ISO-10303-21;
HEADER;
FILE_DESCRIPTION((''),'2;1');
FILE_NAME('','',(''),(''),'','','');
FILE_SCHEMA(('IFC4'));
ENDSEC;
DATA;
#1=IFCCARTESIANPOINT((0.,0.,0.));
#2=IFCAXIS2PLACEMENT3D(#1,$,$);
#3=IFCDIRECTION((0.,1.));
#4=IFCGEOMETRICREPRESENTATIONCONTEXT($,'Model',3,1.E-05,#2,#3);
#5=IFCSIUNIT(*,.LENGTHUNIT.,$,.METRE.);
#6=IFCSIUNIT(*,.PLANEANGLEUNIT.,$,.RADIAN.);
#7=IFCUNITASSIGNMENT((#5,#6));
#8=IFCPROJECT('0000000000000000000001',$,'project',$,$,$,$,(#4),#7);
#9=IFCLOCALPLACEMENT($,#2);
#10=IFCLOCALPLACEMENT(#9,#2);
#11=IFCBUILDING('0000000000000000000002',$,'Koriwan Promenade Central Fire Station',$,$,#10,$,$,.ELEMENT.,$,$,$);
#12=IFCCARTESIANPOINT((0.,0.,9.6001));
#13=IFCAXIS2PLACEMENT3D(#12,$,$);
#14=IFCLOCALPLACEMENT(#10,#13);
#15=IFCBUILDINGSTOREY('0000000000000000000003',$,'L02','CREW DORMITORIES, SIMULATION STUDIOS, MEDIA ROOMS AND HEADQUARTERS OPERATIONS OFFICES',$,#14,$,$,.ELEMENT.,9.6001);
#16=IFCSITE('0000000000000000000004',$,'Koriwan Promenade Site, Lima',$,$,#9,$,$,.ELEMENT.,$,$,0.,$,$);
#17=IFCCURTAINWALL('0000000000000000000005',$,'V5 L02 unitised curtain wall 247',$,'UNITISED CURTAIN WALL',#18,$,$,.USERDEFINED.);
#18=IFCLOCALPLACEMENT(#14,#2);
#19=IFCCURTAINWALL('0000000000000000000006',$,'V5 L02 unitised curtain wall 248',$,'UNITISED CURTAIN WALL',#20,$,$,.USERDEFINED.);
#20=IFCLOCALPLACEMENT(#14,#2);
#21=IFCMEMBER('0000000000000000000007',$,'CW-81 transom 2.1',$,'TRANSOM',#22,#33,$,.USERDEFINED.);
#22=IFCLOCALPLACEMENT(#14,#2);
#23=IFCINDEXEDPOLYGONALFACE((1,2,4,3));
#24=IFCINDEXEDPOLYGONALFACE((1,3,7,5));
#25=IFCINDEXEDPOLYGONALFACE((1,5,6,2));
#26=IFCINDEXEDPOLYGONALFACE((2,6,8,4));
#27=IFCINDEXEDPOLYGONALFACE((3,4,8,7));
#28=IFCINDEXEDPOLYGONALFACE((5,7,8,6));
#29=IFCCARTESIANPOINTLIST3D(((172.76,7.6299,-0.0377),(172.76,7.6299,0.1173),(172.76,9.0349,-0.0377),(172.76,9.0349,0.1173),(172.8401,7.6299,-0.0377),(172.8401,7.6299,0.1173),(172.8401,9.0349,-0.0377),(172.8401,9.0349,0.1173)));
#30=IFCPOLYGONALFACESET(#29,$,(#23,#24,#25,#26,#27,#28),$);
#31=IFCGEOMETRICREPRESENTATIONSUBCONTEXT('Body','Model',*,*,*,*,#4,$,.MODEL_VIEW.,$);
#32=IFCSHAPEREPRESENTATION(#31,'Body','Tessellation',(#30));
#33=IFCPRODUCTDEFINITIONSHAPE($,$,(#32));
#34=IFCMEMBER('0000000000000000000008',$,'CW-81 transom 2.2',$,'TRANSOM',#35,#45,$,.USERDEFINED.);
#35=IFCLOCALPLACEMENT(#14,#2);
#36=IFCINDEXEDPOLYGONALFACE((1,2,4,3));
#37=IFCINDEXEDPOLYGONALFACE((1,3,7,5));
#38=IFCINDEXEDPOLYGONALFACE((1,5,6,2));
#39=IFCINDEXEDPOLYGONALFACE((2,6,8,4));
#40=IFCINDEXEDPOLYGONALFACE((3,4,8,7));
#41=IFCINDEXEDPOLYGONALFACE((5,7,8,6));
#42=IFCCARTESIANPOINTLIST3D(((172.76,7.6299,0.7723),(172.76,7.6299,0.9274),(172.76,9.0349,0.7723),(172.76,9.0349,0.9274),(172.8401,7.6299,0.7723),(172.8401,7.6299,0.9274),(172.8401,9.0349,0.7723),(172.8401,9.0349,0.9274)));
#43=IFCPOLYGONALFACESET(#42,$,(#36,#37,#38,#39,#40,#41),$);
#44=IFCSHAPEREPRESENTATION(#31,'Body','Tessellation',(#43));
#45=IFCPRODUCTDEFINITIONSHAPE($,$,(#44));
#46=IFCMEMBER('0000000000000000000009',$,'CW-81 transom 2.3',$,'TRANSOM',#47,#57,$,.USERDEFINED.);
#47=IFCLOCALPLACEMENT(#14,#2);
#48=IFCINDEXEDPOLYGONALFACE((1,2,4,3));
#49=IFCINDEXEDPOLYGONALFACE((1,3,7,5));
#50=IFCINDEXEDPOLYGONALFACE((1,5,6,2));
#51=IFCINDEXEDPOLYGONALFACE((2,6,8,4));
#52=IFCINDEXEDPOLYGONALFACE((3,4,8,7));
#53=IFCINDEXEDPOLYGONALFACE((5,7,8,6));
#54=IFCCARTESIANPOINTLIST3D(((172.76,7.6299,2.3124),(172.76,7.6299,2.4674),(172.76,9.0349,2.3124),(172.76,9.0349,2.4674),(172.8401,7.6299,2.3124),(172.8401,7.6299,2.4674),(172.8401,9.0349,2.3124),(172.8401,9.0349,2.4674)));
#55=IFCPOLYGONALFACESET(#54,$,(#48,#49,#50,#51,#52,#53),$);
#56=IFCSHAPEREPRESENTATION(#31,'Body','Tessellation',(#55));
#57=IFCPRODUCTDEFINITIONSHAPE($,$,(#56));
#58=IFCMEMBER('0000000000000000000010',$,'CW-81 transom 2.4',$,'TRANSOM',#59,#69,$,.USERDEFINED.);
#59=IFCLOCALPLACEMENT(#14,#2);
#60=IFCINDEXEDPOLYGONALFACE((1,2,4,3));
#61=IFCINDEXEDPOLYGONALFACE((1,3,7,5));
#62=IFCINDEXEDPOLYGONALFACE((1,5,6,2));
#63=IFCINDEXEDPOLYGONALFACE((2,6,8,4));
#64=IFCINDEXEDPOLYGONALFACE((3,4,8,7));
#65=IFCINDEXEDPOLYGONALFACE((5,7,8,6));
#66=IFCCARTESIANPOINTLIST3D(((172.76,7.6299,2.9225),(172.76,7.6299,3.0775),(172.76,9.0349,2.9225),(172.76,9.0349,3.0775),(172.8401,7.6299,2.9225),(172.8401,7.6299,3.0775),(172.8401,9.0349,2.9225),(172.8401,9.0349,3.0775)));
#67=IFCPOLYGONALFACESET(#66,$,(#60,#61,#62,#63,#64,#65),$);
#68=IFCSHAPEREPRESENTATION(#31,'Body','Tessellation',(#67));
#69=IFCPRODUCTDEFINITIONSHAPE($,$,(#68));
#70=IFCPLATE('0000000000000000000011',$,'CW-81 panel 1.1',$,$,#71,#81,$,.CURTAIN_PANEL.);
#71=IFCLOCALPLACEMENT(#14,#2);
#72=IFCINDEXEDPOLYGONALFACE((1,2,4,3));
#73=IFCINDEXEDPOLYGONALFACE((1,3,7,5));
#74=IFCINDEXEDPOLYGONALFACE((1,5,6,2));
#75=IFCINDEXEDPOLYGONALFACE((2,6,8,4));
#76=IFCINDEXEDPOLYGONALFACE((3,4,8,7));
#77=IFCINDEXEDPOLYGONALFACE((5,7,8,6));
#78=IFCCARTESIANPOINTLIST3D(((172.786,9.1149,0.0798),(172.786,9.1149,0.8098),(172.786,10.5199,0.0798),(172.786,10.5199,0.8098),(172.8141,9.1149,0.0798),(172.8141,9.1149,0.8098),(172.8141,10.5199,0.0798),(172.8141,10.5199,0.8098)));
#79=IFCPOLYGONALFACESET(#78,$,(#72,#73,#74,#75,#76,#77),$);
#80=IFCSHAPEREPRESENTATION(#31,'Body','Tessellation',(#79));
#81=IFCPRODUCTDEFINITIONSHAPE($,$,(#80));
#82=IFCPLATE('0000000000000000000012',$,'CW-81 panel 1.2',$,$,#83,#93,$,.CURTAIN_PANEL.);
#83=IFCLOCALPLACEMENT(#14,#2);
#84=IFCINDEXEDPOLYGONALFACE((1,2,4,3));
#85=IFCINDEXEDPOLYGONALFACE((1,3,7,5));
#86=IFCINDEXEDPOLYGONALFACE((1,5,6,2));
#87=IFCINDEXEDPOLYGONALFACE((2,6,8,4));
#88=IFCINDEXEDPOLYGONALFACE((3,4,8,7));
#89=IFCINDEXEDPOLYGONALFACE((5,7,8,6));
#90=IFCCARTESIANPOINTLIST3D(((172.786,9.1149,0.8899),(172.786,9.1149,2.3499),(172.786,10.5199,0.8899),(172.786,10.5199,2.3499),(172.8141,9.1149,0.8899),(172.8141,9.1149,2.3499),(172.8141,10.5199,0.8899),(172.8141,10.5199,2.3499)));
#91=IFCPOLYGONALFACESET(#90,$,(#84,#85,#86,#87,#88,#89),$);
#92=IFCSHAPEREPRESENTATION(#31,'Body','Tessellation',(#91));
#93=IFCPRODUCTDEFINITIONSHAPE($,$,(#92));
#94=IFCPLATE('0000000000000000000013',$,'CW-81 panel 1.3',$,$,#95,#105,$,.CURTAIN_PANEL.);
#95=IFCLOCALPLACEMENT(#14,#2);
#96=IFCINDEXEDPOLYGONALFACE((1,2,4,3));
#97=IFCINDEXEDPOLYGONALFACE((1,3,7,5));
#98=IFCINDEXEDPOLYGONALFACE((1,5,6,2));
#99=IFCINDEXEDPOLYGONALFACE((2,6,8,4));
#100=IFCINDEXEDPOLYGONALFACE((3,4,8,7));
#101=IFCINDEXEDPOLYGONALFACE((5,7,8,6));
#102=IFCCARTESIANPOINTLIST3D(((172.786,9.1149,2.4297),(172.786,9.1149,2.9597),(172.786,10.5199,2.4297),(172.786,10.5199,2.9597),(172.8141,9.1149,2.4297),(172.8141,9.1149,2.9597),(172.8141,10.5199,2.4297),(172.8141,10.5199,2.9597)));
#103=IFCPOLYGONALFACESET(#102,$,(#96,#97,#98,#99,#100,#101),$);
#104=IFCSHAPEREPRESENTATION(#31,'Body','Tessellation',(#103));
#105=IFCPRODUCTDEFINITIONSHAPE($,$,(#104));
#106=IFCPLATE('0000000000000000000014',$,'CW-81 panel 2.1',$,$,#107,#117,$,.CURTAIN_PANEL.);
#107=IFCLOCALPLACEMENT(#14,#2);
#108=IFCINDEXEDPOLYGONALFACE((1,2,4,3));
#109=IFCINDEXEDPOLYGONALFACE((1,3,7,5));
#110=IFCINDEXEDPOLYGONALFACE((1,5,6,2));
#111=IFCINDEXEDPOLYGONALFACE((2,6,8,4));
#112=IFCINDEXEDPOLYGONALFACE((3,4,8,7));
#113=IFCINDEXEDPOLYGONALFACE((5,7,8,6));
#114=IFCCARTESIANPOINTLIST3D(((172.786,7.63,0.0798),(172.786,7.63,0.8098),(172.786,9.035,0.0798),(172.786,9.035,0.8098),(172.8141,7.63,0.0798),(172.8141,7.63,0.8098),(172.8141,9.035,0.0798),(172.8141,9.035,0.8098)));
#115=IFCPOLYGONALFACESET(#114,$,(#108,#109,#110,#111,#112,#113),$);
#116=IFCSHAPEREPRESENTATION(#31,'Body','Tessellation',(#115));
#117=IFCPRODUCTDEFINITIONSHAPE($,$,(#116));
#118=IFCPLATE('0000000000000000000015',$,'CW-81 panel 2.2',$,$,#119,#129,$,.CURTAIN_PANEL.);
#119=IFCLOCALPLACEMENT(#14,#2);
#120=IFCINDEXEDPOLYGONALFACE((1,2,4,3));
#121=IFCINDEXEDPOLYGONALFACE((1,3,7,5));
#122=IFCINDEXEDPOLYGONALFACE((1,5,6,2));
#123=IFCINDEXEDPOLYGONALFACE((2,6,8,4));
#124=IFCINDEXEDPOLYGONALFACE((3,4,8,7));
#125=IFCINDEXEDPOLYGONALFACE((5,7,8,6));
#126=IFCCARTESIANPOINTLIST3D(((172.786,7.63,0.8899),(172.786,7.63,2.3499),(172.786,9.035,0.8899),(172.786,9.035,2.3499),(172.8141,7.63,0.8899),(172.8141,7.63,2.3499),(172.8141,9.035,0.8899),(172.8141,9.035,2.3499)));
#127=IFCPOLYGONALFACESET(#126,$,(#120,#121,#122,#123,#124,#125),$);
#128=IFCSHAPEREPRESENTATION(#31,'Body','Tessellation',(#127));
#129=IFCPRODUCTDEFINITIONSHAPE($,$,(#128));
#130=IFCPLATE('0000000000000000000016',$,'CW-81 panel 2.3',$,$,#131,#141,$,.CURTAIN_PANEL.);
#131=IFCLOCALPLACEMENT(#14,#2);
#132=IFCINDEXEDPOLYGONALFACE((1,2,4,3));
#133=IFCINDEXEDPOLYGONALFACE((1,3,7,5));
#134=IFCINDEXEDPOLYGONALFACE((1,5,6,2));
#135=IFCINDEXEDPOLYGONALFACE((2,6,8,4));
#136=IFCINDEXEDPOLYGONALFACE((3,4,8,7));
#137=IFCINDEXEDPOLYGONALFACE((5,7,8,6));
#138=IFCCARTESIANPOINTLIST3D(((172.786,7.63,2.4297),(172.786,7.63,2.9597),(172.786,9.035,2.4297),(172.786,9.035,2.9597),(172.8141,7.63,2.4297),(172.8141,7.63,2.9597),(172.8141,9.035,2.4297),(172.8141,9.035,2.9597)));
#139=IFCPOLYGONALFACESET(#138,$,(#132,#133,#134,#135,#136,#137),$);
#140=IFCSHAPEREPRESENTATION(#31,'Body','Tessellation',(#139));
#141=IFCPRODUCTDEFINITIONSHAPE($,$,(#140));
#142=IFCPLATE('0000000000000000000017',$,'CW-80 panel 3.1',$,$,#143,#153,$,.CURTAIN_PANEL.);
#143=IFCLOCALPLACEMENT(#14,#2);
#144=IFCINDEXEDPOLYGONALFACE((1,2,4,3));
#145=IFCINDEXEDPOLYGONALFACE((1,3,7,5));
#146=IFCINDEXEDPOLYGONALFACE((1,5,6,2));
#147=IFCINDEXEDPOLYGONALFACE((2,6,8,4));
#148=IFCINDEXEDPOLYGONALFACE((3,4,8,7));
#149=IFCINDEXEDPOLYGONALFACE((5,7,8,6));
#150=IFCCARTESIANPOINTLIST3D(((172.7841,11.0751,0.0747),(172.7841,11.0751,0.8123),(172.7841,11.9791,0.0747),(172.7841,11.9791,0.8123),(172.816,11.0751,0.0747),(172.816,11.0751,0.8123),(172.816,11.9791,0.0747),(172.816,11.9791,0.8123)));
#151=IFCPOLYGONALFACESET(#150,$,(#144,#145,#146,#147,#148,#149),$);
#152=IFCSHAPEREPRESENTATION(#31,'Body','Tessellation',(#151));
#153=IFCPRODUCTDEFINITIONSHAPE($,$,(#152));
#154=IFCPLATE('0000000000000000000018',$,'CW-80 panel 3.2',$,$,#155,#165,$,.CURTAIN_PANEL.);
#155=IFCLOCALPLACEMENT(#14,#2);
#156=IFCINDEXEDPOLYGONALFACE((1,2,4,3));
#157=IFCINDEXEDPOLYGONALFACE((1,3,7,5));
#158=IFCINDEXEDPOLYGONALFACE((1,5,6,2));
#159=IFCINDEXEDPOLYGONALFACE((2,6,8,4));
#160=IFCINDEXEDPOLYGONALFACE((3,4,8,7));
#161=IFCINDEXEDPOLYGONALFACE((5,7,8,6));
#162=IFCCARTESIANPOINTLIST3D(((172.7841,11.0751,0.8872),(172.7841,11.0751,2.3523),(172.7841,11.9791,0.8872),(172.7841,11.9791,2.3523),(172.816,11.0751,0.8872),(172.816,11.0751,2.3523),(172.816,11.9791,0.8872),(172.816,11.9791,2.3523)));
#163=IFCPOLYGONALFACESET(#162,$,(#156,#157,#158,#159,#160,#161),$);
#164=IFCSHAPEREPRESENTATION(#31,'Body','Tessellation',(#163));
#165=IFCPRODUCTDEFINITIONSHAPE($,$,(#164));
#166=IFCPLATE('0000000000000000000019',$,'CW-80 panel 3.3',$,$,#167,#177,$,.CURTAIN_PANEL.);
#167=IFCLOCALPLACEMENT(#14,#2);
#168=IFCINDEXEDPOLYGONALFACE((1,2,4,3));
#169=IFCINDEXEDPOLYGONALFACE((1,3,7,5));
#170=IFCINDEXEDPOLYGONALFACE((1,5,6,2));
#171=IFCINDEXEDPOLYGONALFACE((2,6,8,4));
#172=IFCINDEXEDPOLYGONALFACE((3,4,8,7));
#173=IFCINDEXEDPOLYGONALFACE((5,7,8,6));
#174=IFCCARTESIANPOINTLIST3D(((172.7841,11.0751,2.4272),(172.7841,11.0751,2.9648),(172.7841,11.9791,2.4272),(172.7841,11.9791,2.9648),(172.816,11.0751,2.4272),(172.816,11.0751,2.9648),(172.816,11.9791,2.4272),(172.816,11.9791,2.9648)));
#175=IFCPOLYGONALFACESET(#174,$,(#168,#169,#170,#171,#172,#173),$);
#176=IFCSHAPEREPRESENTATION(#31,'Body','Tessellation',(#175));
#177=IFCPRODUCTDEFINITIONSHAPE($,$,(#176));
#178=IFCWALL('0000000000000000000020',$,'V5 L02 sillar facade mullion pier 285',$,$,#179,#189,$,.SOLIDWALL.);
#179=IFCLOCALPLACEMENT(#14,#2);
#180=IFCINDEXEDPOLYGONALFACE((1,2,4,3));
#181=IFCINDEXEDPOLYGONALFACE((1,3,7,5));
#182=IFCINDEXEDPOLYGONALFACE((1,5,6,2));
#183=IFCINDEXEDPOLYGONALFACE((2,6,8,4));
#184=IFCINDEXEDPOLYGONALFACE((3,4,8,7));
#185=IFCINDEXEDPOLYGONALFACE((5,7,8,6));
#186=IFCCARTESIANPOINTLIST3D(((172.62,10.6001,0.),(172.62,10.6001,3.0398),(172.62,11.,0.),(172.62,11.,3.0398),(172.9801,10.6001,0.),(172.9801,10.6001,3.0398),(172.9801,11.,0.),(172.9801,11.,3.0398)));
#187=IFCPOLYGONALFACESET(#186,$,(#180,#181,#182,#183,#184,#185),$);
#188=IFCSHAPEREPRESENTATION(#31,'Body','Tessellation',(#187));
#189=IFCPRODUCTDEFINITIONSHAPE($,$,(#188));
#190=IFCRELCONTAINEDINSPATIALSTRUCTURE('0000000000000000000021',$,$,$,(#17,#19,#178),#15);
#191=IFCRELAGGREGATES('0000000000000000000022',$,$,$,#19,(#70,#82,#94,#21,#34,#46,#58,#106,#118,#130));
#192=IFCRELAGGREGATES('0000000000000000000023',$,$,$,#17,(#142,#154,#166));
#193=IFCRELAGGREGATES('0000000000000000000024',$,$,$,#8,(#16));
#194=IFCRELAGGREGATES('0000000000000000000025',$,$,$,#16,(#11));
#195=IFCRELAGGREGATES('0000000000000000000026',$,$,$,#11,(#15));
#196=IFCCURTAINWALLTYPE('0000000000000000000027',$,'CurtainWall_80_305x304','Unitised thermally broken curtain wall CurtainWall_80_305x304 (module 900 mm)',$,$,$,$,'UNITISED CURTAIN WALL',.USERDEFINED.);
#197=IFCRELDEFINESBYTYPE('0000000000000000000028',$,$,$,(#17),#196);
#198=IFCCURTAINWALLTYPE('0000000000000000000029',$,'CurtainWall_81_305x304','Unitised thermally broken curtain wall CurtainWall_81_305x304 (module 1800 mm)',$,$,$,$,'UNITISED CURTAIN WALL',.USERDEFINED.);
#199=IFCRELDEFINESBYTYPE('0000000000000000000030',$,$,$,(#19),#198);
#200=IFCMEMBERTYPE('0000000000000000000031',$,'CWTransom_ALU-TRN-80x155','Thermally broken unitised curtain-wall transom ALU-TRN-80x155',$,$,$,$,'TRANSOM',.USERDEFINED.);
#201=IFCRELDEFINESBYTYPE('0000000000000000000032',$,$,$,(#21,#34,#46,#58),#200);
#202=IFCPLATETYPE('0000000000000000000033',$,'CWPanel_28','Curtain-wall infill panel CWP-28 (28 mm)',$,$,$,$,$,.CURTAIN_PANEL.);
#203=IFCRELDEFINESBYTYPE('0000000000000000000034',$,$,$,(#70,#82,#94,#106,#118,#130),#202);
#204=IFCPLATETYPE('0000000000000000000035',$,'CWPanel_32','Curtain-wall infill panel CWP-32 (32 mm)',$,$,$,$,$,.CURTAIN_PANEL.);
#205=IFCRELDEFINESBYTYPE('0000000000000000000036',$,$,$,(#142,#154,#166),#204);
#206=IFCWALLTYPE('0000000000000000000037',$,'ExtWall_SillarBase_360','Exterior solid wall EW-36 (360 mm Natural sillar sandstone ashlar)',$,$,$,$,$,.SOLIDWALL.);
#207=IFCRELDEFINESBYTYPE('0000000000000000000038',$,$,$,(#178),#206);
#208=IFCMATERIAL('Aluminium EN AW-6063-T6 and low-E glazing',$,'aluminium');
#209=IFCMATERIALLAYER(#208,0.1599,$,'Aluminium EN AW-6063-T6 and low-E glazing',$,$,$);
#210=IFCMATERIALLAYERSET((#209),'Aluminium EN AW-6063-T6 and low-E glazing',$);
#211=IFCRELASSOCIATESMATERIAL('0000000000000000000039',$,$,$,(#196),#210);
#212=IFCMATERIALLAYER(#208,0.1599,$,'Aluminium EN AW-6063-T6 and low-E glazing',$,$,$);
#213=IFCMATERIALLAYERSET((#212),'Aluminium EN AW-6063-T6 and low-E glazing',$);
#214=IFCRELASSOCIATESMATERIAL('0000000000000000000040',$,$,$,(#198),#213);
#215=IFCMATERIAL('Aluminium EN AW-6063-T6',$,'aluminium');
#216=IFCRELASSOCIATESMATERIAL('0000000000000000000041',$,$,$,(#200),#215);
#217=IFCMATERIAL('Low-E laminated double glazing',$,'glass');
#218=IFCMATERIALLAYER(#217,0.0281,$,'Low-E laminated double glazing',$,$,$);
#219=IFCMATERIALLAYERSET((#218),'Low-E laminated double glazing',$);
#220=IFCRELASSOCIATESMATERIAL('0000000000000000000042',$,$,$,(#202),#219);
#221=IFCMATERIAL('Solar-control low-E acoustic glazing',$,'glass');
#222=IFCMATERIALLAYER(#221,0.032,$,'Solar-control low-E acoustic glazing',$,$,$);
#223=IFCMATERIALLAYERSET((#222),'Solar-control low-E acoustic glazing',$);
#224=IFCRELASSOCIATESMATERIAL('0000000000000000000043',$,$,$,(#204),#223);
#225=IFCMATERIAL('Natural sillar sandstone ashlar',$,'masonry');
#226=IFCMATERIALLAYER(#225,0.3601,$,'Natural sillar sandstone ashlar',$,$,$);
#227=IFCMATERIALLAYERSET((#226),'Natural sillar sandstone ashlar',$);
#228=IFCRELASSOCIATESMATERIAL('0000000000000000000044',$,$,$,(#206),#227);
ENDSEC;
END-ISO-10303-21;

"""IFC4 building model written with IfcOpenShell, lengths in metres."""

from ifc_helpers import new_model, si_unit, direction, frame, frame_2d, origin, origin_2d, place, context, subcontext, project, spatial, rectangle, extrude, material, layer, layer_set, material_profile, profile_set, type_object, element, aggregate, save


model = new_model("IFC4")

# Units and contexts
model_context = context("Model", 3, precision=1e-05, world=origin(), true_north=direction((0.0, 1.0)))
body_context = subcontext(model_context, "Body", "Model", "MODEL_VIEW")
ifc_project = project(units=[si_unit("LENGTHUNIT", "METRE"), si_unit("PLANEANGLEUNIT", "RADIAN")], contexts=[model_context])

# Site, building, storey
site_placement = place(None, origin())
site = spatial("IfcSite", under=ifc_project, at=site_placement, Name="Koriwan Promenade Site, Lima", CompositionType="ELEMENT", RefElevation=0.0)
building_placement = place(site_placement, origin())
building = spatial("IfcBuilding", under=site, at=building_placement, Name="Koriwan Promenade Central Fire Station", CompositionType="ELEMENT")
storey_placement = place(building_placement, frame((0.0, 0.0, 9.6001)))
storey = spatial("IfcBuildingStorey", under=building, at=storey_placement, Name="L02", Description="CREW DORMITORIES, SIMULATION STUDIOS, MEDIA ROOMS AND HEADQUARTERS OPERATIONS OFFICES", CompositionType="ELEMENT", Elevation=9.6001)

# Curtain wall
ifc_material_1 = material(Name="Aluminium EN AW-6063-T6 and low-E glazing", Category="aluminium")
ifc_layer_1 = layer(ifc_material_1, 0.1599, Name="Aluminium EN AW-6063-T6 and low-E glazing")
ifc_layer_set_1 = layer_set([ifc_layer_1], Name="Aluminium EN AW-6063-T6 and low-E glazing")
curtain_wall_type_1 = type_object("IfcCurtainWallType", Name="CurtainWall_80_305x304", Description="Unitised thermally broken curtain wall CurtainWall_80_305x304 (module 900 mm)", ElementType="UNITISED CURTAIN WALL", PredefinedType="USERDEFINED", material=ifc_layer_set_1)
curtain_wall_1_placement = place(storey_placement, origin())
curtain_wall_1 = element("IfcCurtainWall", 1, at=curtain_wall_1_placement, inside=storey, type_object=curtain_wall_type_1, Name="V5 L02 unitised curtain wall 247", ObjectType="UNITISED CURTAIN WALL", PredefinedType="USERDEFINED")
ifc_material_2 = material(Name="Aluminium EN AW-6063-T6", Category="aluminium")

# Curtain wall
ifc_layer_2 = layer(ifc_material_1, 0.1599, Name="Aluminium EN AW-6063-T6 and low-E glazing")
ifc_layer_set_2 = layer_set([ifc_layer_2], Name="Aluminium EN AW-6063-T6 and low-E glazing")
curtain_wall_type_2 = type_object("IfcCurtainWallType", Name="CurtainWall_81_305x304", Description="Unitised thermally broken curtain wall CurtainWall_81_305x304 (module 1800 mm)", ElementType="UNITISED CURTAIN WALL", PredefinedType="USERDEFINED", material=ifc_layer_set_2)
curtain_wall_2_placement = place(storey_placement, origin())
curtain_wall_2 = element("IfcCurtainWall", 2, at=curtain_wall_2_placement, inside=storey, type_object=curtain_wall_type_2, Name="V5 L02 unitised curtain wall 248", ObjectType="UNITISED CURTAIN WALL", PredefinedType="USERDEFINED")

# Members
ifc_material_profile_1 = material_profile(ifc_material_2, rectangle(XDim=0.0801, YDim=0.155, at=origin_2d()), Name="ALU-TRN-80x155")
ifc_profile_set_1 = profile_set([ifc_material_profile_1], Name="Aluminium EN AW-6063-T6")
member_type_1 = type_object("IfcMemberType", Name="CWTransom_ALU-TRN-80x155", Description="Thermally broken unitised curtain-wall transom ALU-TRN-80x155", ElementType="TRANSOM", PredefinedType="USERDEFINED", material=ifc_profile_set_1)
member_1_placement = place(storey_placement, frame((172.8, 9.0349, 0.0398), z_axis=(0.0, -1.0, 0.0), x_axis=(1.0, 0.0, 0.0)))
member_1 = element("IfcMember", 3, at=member_1_placement, type_object=member_type_1, Name="CW-81 transom 2.1", ObjectType="TRANSOM", PredefinedType="USERDEFINED", context=body_context, shape_type="SweptSolid", body=[
    extrude(rectangle(XDim=0.0801, YDim=0.155, at=origin_2d()), origin(), (0.0, 0.0, 1.0), 1.405),
])
member_2_placement = place(storey_placement, frame((172.8, 9.0349, 0.8499), z_axis=(0.0, -1.0, 0.0), x_axis=(1.0, 0.0, 0.0)))
member_2 = element("IfcMember", 4, at=member_2_placement, type_object=member_type_1, Name="CW-81 transom 2.2", ObjectType="TRANSOM", PredefinedType="USERDEFINED", context=body_context, shape_type="SweptSolid", body=[
    extrude(rectangle(XDim=0.0801, YDim=0.155, at=origin_2d()), origin(), (0.0, 0.0, 1.0), 1.405),
])
member_3_placement = place(storey_placement, frame((172.8, 9.0349, 2.3899), z_axis=(0.0, -1.0, 0.0), x_axis=(1.0, 0.0, 0.0)))
member_3 = element("IfcMember", 5, at=member_3_placement, type_object=member_type_1, Name="CW-81 transom 2.3", ObjectType="TRANSOM", PredefinedType="USERDEFINED", context=body_context, shape_type="SweptSolid", body=[
    extrude(rectangle(XDim=0.0801, YDim=0.155, at=origin_2d()), origin(), (0.0, 0.0, 1.0), 1.405),
])
member_4_placement = place(storey_placement, frame((172.8, 9.0349, 3.0), z_axis=(0.0, -1.0, 0.0), x_axis=(1.0, 0.0, 0.0)))
member_4 = element("IfcMember", 6, at=member_4_placement, type_object=member_type_1, Name="CW-81 transom 2.4", ObjectType="TRANSOM", PredefinedType="USERDEFINED", context=body_context, shape_type="SweptSolid", body=[
    extrude(rectangle(XDim=0.0801, YDim=0.155, at=origin_2d()), origin(), (0.0, 0.0, 1.0), 1.405),
])

# Plates
ifc_material_3 = material(Name="Low-E laminated double glazing", Category="glass")
ifc_layer_3 = layer(ifc_material_3, 0.0281, Name="Low-E laminated double glazing")
ifc_layer_set_3 = layer_set([ifc_layer_3], Name="Low-E laminated double glazing")
plate_type_1 = type_object("IfcPlateType", Name="CWPanel_28", Description="Curtain-wall infill panel CWP-28 (28 mm)", PredefinedType="CURTAIN_PANEL", material=ifc_layer_set_3)
plate_1_placement = place(storey_placement, frame((172.8, 9.8174, 0.0798), z_axis=(0.0, 0.0, 1.0), x_axis=(0.0, -1.0, 0.0)))
plate_1 = element("IfcPlate", 7, at=plate_1_placement, type_object=plate_type_1, Name="CW-81 panel 1.1", PredefinedType="CURTAIN_PANEL", context=body_context, shape_type="SweptSolid", body=[
    extrude(rectangle(XDim=1.405, YDim=0.0281, at=origin_2d()), origin(), (0.0, 0.0, 1.0), 0.73),
])
plate_2_placement = place(storey_placement, frame((172.8, 9.8174, 0.8899), z_axis=(0.0, 0.0, 1.0), x_axis=(0.0, -1.0, 0.0)))
plate_2 = element("IfcPlate", 8, at=plate_2_placement, type_object=plate_type_1, Name="CW-81 panel 1.2", PredefinedType="CURTAIN_PANEL", context=body_context, shape_type="SweptSolid", body=[
    extrude(rectangle(XDim=1.405, YDim=0.0281, at=origin_2d()), origin(), (0.0, 0.0, 1.0), 1.46),
])
plate_3_placement = place(storey_placement, frame((172.8, 9.8174, 2.4297), z_axis=(0.0, 0.0, 1.0), x_axis=(0.0, -1.0, 0.0)))
plate_3 = element("IfcPlate", 9, at=plate_3_placement, type_object=plate_type_1, Name="CW-81 panel 1.3", PredefinedType="CURTAIN_PANEL", context=body_context, shape_type="SweptSolid", body=[
    extrude(rectangle(XDim=1.405, YDim=0.0281, at=origin_2d()), origin(), (0.0, 0.0, 1.0), 0.53),
])
plate_4_placement = place(storey_placement, frame((172.8, 8.3325, 0.0798), z_axis=(0.0, 0.0, 1.0), x_axis=(0.0, -1.0, 0.0)))
plate_4 = element("IfcPlate", 10, at=plate_4_placement, type_object=plate_type_1, Name="CW-81 panel 2.1", PredefinedType="CURTAIN_PANEL", context=body_context, shape_type="SweptSolid", body=[
    extrude(rectangle(XDim=1.405, YDim=0.0281, at=origin_2d()), origin(), (0.0, 0.0, 1.0), 0.73),
])
plate_5_placement = place(storey_placement, frame((172.8, 8.3325, 0.8899), z_axis=(0.0, 0.0, 1.0), x_axis=(0.0, -1.0, 0.0)))
plate_5 = element("IfcPlate", 11, at=plate_5_placement, type_object=plate_type_1, Name="CW-81 panel 2.2", PredefinedType="CURTAIN_PANEL", context=body_context, shape_type="SweptSolid", body=[
    extrude(rectangle(XDim=1.405, YDim=0.0281, at=origin_2d()), origin(), (0.0, 0.0, 1.0), 1.46),
])
plate_6_placement = place(storey_placement, frame((172.8, 8.3325, 2.4297), z_axis=(0.0, 0.0, 1.0), x_axis=(0.0, -1.0, 0.0)))
plate_6 = element("IfcPlate", 12, at=plate_6_placement, type_object=plate_type_1, Name="CW-81 panel 2.3", PredefinedType="CURTAIN_PANEL", context=body_context, shape_type="SweptSolid", body=[
    extrude(rectangle(XDim=1.405, YDim=0.0281, at=origin_2d()), origin(), (0.0, 0.0, 1.0), 0.53),
])
aggregate(curtain_wall_2, [plate_1, plate_2, plate_3, member_1, member_2, member_3, member_4, plate_4, plate_5, plate_6])
ifc_material_4 = material(Name="Solar-control low-E acoustic glazing", Category="glass")
ifc_layer_4 = layer(ifc_material_4, 0.032, Name="Solar-control low-E acoustic glazing")
ifc_layer_set_4 = layer_set([ifc_layer_4], Name="Solar-control low-E acoustic glazing")
plate_type_2 = type_object("IfcPlateType", Name="CWPanel_32", Description="Curtain-wall infill panel CWP-32 (32 mm)", PredefinedType="CURTAIN_PANEL", material=ifc_layer_set_4)
plate_7_placement = place(storey_placement, frame((172.8, 11.5271, 0.0747), z_axis=(0.0, 0.0, 1.0), x_axis=(0.0, -1.0, 0.0)))
plate_7 = element("IfcPlate", 13, at=plate_7_placement, type_object=plate_type_2, Name="CW-80 panel 3.1", PredefinedType="CURTAIN_PANEL", context=body_context, shape_type="SweptSolid", body=[
    extrude(rectangle(XDim=0.9041, YDim=0.032, at=origin_2d()), origin(), (0.0, 0.0, 1.0), 0.7375),
])
plate_8_placement = place(storey_placement, frame((172.8, 11.5271, 0.8872), z_axis=(0.0, 0.0, 1.0), x_axis=(0.0, -1.0, 0.0)))
plate_8 = element("IfcPlate", 14, at=plate_8_placement, type_object=plate_type_2, Name="CW-80 panel 3.2", PredefinedType="CURTAIN_PANEL", context=body_context, shape_type="SweptSolid", body=[
    extrude(rectangle(XDim=0.9041, YDim=0.032, at=origin_2d()), origin(), (0.0, 0.0, 1.0), 1.4651),
])
plate_9_placement = place(storey_placement, frame((172.8, 11.5271, 2.4272), z_axis=(0.0, 0.0, 1.0), x_axis=(0.0, -1.0, 0.0)))
plate_9 = element("IfcPlate", 15, at=plate_9_placement, type_object=plate_type_2, Name="CW-80 panel 3.3", PredefinedType="CURTAIN_PANEL", context=body_context, shape_type="SweptSolid", body=[
    extrude(rectangle(XDim=0.9041, YDim=0.032, at=origin_2d()), origin(), (0.0, 0.0, 1.0), 0.5376),
])
aggregate(curtain_wall_1, [plate_7, plate_8, plate_9])

# Wall
ifc_material_5 = material(Name="Natural sillar sandstone ashlar", Category="masonry")
ifc_layer_5 = layer(ifc_material_5, 0.3601, Name="Natural sillar sandstone ashlar")
ifc_layer_set_5 = layer_set([ifc_layer_5], Name="Natural sillar sandstone ashlar")
wall_type = type_object("IfcWallType", Name="ExtWall_SillarBase_360", Description="Exterior solid wall EW-36 (360 mm Natural sillar sandstone ashlar)", PredefinedType="SOLIDWALL", material=ifc_layer_set_5)
wall_placement = place(storey_placement, frame((172.8, 11.0, 0.0), z_axis=(0.0, 0.0, 1.0), x_axis=(0.0, -1.0, 0.0)))
element("IfcWall", 16, at=wall_placement, inside=storey, type_object=wall_type, Name="V5 L02 sillar facade mullion pier 285", PredefinedType="SOLIDWALL", context=body_context, shape_type="SweptSolid", body=[
    extrude(rectangle(XDim=0.3999, YDim=0.3601, at=frame_2d((0.2, 0.0))), origin(), (0.0, 0.0, 1.0), 3.0398),
])

save(model, "model.ifc")
